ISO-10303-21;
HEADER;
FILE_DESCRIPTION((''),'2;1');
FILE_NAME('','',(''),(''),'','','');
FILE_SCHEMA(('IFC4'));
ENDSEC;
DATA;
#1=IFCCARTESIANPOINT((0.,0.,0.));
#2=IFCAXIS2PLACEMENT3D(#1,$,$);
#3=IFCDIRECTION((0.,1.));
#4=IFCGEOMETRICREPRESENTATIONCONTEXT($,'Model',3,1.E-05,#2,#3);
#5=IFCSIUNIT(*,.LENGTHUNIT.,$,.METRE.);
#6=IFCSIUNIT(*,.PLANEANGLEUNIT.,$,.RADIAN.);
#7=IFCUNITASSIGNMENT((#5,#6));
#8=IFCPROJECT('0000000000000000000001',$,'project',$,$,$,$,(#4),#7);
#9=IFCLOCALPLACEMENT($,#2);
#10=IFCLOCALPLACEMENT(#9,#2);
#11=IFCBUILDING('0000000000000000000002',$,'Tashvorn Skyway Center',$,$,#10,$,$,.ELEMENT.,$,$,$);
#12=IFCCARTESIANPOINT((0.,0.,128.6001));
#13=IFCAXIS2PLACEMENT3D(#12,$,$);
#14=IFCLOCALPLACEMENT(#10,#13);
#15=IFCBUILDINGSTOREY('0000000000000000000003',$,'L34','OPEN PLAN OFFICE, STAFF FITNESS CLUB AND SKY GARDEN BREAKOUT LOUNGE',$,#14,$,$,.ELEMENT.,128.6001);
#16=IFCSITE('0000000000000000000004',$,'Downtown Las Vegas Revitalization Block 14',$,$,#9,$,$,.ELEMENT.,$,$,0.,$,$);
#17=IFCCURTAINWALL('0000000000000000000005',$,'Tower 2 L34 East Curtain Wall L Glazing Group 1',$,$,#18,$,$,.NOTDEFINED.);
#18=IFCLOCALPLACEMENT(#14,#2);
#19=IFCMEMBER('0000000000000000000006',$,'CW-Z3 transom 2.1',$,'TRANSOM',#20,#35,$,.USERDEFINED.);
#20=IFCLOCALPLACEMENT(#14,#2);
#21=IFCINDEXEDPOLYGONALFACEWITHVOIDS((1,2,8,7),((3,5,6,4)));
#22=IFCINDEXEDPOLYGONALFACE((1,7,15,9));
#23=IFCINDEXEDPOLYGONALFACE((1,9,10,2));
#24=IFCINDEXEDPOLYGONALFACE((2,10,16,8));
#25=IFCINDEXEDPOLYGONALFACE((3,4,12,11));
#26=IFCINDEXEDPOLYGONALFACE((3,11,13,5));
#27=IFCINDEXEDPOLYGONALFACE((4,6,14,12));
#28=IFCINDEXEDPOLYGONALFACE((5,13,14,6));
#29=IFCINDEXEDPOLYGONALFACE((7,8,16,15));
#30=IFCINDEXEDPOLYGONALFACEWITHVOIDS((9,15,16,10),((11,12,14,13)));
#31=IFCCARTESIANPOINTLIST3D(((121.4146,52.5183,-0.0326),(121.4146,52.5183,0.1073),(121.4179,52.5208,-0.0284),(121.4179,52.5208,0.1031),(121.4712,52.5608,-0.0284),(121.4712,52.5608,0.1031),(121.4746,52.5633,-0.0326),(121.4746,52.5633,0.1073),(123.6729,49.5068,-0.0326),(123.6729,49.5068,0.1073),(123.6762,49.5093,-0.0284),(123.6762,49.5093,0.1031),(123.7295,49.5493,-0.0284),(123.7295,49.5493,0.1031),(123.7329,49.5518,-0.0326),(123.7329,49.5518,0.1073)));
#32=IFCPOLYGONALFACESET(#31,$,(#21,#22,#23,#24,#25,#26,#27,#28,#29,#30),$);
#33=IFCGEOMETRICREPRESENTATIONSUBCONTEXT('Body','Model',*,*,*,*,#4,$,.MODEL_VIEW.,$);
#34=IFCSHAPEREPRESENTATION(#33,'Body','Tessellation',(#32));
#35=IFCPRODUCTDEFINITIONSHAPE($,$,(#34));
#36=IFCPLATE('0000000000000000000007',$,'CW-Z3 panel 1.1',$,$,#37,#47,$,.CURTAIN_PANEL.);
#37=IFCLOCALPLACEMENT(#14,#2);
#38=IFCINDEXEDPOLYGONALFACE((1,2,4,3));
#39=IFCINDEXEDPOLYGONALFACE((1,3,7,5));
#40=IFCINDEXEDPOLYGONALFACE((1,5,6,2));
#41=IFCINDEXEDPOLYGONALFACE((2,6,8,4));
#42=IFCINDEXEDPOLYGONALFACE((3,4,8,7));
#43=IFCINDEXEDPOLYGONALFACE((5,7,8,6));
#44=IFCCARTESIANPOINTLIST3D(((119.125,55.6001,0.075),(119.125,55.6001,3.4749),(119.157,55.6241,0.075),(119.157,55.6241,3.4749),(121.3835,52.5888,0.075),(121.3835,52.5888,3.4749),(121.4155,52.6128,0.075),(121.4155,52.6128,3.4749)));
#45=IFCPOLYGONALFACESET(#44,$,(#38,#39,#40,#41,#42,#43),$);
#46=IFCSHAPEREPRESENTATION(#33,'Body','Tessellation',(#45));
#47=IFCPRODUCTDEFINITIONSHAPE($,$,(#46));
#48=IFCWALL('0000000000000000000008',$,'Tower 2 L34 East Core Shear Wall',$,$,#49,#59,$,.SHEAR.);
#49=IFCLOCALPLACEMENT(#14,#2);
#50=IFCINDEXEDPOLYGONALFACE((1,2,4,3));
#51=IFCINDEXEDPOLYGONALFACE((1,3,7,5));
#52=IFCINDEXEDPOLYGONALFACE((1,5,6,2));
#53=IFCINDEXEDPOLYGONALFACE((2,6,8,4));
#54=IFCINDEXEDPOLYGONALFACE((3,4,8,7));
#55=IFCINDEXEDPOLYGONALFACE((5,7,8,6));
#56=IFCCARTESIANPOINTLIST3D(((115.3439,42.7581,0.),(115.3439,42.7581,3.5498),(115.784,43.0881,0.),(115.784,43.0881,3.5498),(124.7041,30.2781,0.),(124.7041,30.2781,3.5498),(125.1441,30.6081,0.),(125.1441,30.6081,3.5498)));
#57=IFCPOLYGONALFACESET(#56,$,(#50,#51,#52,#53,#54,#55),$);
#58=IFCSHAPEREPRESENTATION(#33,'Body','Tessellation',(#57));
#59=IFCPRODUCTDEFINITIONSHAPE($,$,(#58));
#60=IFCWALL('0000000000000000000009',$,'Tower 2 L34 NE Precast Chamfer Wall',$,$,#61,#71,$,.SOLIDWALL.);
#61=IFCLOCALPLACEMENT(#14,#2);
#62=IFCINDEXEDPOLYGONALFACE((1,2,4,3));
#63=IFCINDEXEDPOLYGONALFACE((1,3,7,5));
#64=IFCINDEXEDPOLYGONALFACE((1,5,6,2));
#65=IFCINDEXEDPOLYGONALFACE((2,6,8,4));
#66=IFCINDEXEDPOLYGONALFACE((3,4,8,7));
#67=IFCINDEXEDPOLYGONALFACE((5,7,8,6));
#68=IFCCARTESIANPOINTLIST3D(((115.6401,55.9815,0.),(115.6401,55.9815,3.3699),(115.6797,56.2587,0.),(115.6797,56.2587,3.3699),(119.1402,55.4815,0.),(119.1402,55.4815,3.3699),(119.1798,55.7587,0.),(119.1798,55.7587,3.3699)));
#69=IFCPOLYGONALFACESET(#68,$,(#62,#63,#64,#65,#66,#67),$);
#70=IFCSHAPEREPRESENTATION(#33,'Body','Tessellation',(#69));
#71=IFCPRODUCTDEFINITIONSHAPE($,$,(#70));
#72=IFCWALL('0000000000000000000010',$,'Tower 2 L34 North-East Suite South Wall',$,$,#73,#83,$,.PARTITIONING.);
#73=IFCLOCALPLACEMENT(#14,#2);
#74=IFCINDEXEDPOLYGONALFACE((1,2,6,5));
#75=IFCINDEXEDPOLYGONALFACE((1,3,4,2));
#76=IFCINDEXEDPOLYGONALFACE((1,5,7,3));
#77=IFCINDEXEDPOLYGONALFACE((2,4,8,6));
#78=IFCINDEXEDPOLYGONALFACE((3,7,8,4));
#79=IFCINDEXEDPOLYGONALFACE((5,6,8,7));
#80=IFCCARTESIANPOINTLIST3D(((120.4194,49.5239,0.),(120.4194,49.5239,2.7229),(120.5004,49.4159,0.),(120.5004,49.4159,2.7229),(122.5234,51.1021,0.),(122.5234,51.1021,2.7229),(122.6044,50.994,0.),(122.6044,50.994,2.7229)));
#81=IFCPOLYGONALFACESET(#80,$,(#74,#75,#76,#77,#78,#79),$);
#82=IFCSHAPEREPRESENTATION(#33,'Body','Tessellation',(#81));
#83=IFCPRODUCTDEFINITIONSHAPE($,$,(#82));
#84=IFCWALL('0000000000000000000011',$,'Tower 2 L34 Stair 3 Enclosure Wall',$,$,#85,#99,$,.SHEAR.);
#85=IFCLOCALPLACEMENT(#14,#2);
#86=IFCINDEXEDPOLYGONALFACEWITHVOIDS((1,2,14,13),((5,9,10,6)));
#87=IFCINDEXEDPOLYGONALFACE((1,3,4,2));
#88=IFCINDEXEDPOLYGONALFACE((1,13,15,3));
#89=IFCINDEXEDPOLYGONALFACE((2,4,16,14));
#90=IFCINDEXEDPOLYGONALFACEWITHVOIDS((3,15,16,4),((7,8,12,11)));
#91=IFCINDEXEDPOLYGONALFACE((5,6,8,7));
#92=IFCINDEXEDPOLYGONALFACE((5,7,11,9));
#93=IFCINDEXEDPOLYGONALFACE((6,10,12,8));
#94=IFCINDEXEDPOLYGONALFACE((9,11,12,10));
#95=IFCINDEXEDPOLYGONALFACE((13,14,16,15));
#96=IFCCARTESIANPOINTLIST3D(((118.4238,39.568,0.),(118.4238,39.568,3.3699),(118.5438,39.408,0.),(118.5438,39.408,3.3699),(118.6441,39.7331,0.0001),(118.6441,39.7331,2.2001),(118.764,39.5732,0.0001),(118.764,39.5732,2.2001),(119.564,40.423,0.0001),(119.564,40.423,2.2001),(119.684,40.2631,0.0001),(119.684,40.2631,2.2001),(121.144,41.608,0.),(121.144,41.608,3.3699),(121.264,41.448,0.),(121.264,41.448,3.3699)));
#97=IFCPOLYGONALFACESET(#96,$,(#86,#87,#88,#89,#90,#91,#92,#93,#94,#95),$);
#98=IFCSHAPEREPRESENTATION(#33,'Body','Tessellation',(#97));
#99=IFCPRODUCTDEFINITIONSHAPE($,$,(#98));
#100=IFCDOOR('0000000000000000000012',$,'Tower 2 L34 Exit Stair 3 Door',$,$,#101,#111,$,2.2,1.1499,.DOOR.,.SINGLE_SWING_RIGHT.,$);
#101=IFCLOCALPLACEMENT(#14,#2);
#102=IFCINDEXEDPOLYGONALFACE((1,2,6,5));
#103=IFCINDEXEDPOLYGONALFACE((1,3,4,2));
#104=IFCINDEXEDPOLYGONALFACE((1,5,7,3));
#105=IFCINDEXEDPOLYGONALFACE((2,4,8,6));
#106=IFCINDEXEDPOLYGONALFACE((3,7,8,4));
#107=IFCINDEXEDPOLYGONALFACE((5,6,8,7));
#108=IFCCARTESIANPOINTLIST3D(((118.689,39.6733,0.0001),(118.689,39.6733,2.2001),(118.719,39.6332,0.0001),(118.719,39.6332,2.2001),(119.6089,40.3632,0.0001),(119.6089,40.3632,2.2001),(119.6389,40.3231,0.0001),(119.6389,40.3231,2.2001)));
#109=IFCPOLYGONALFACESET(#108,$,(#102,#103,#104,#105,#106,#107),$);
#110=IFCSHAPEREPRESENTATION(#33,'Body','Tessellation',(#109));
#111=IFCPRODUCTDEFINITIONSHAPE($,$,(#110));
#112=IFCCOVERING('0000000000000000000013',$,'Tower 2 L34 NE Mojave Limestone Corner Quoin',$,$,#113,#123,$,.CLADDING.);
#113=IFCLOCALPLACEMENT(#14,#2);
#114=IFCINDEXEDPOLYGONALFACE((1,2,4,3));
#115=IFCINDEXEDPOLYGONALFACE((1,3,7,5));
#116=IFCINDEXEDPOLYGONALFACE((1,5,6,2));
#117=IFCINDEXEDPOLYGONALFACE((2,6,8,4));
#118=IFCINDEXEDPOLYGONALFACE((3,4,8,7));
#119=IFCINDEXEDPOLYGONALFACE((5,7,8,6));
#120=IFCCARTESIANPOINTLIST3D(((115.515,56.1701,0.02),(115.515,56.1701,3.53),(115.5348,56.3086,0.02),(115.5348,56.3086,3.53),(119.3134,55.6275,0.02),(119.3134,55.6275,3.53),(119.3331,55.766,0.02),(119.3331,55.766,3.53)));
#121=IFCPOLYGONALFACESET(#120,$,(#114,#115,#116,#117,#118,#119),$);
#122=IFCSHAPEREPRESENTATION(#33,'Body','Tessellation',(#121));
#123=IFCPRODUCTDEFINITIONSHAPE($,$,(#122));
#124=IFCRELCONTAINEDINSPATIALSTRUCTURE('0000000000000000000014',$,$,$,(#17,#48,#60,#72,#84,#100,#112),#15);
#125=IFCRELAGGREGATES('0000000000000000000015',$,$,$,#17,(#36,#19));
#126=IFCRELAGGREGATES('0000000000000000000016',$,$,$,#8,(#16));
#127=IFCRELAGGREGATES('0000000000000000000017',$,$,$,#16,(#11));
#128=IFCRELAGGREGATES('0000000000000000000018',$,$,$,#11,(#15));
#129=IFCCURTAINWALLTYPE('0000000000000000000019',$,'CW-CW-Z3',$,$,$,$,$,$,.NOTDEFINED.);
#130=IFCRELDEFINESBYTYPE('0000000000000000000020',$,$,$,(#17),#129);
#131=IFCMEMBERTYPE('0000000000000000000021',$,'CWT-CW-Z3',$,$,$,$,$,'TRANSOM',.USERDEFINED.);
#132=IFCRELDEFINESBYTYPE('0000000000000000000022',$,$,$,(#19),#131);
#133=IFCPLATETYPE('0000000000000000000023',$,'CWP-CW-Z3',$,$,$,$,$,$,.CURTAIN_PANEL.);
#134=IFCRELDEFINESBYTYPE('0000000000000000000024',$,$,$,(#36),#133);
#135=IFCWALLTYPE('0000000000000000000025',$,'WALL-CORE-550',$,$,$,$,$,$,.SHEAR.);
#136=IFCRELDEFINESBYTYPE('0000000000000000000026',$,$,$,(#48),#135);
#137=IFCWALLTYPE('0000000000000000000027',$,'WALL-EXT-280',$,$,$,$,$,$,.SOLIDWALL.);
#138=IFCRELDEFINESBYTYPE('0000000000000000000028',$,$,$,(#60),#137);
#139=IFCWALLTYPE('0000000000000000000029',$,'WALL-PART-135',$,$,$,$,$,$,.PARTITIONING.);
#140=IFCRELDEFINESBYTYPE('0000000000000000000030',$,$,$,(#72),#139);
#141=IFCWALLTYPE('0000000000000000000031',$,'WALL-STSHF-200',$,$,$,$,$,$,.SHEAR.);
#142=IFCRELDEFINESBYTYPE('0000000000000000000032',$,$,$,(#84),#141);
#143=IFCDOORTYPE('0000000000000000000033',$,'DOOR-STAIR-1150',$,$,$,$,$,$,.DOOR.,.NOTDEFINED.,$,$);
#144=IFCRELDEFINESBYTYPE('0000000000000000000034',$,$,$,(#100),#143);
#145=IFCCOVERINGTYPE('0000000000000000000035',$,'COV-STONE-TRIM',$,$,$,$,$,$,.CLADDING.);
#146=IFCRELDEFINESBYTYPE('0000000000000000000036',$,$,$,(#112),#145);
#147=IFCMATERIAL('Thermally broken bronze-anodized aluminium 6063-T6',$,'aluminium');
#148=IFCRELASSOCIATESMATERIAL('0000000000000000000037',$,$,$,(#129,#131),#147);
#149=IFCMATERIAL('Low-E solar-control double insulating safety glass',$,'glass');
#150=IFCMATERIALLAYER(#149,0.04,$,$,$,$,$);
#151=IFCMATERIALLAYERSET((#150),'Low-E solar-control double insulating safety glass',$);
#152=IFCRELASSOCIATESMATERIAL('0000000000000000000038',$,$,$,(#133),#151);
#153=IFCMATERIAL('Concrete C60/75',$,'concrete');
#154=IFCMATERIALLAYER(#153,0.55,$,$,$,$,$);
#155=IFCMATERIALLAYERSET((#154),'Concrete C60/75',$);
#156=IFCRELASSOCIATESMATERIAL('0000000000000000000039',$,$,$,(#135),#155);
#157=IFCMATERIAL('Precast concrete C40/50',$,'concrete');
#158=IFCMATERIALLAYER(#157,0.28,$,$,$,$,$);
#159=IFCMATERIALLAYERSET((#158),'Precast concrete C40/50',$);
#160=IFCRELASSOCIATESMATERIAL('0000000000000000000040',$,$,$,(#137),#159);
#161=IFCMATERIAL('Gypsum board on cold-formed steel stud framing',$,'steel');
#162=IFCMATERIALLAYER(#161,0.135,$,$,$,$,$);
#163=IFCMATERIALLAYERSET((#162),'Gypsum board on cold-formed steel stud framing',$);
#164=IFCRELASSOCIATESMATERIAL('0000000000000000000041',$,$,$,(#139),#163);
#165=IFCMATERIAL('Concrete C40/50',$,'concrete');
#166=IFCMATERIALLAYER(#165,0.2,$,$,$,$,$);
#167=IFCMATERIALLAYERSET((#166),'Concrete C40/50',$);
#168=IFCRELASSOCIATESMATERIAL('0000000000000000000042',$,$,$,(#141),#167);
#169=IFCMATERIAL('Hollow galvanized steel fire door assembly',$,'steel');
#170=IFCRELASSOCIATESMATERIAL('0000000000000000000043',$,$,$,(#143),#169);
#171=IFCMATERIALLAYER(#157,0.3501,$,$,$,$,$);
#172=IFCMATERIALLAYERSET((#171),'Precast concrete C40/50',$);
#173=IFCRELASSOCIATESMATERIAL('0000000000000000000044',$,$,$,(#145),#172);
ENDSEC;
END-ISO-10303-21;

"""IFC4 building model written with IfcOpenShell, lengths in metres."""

from ifc_helpers import new_model, si_unit, direction, frame, frame_2d, origin, origin_2d, place, context, subcontext, project, spatial, rectangle, hollow_rectangle, extrude, material, layer, layer_set, material_profile, profile_set, type_object, element, fill, aggregate, save


model = new_model("IFC4")

# Units and contexts
model_context = context("Model", 3, precision=1e-05, world=origin(), true_north=direction((0.0, 1.0)))
body_context = subcontext(model_context, "Body", "Model", "MODEL_VIEW")
ifc_project = project(units=[si_unit("LENGTHUNIT", "METRE"), si_unit("PLANEANGLEUNIT", "RADIAN")], contexts=[model_context])

# Site, building, storey
site_placement = place(None, origin())
site = spatial("IfcSite", under=ifc_project, at=site_placement, Name="Downtown Las Vegas Revitalization Block 14", CompositionType="ELEMENT", RefElevation=0.0)
building_placement = place(site_placement, origin())
building = spatial("IfcBuilding", under=site, at=building_placement, Name="Tashvorn Skyway Center", CompositionType="ELEMENT")
storey_placement = place(building_placement, frame((0.0, 0.0, 128.6001)))
storey = spatial("IfcBuildingStorey", under=building, at=storey_placement, Name="L34", Description="OPEN PLAN OFFICE, STAFF FITNESS CLUB AND SKY GARDEN BREAKOUT LOUNGE", CompositionType="ELEMENT", Elevation=128.6001)

# Shared definitions
ifc_material_1 = material(Name="Thermally broken bronze-anodized aluminium 6063-T6", Category="aluminium")
curtain_wall_type = type_object("IfcCurtainWallType", Name="CW-CW-Z3", PredefinedType="NOTDEFINED", material=ifc_material_1)

# Curtain wall, member, plate
curtain_wall_1_placement = place(storey_placement, origin())
curtain_wall_1 = element("IfcCurtainWall", 1, at=curtain_wall_1_placement, inside=storey, type_object=curtain_wall_type, Name="Tower 2 L34 East Curtain Wall L Glazing Group 1", PredefinedType="NOTDEFINED")
ifc_material_profile_1 = material_profile(ifc_material_1, hollow_rectangle(XDim=0.075, YDim=0.1399, WallThickness=0.0042, at=origin_2d()), Name="ALU-TRAN-75x140")
ifc_profile_set_1 = profile_set([ifc_material_profile_1], Name="Thermally broken bronze-anodized aluminium 6063-T6")
member_type_1 = type_object("IfcMemberType", Name="CWT-CW-Z3", ElementType="TRANSOM", PredefinedType="USERDEFINED", material=ifc_profile_set_1)
member_1_placement = place(storey_placement, frame((121.4446, 52.5408, 0.0374), z_axis=(0.599948, -0.800039, 0.0), x_axis=(0.800039, 0.599948, 0.0)))
member_1 = element("IfcMember", 2, at=member_1_placement, type_object=member_type_1, Name="CW-Z3 transom 2.1", ObjectType="TRANSOM", PredefinedType="USERDEFINED", context=body_context, shape_type="SweptSolid", body=[
    extrude(hollow_rectangle(XDim=0.075, YDim=0.1399, WallThickness=0.0042, at=origin_2d()), origin(), (0.0, 0.0, 1.0), 3.7642),
])
ifc_material_2 = material(Name="Low-E solar-control double insulating safety glass", Category="glass")
ifc_layer_1 = layer(ifc_material_2, 0.04)
ifc_layer_set_1 = layer_set([ifc_layer_1], Name="Low-E solar-control double insulating safety glass")
plate_type = type_object("IfcPlateType", Name="CWP-CW-Z3", PredefinedType="CURTAIN_PANEL", material=ifc_layer_set_1)
plate_placement = place(storey_placement, frame((120.2703, 54.1064, 0.075), z_axis=(0.0, 0.0, 1.0), x_axis=(0.599998, -0.800002, 0.0)))
plate = element("IfcPlate", 3, at=plate_placement, type_object=plate_type, Name="CW-Z3 panel 1.1", PredefinedType="CURTAIN_PANEL", context=body_context, shape_type="SweptSolid", body=[
    extrude(rectangle(XDim=3.7642, YDim=0.04, at=origin_2d()), origin(), (0.0, 0.0, 1.0), 3.3999),
])
aggregate(curtain_wall_1, [plate, member_1])

# Walls
ifc_material_3 = material(Name="Concrete C60/75", Category="concrete")
ifc_layer_2 = layer(ifc_material_3, 0.55)
ifc_layer_set_2 = layer_set([ifc_layer_2], Name="Concrete C60/75")
wall_type_1 = type_object("IfcWallType", Name="WALL-CORE-550", PredefinedType="SHEAR", material=ifc_layer_set_2)
wall_1_placement = place(storey_placement, frame((115.564, 42.9231, 0.0), z_axis=(0.0, 0.0, 1.0), x_axis=(0.600005, -0.799996, 0.0)))
element("IfcWall", 4, at=wall_1_placement, inside=storey, type_object=wall_type_1, Name="Tower 2 L34 East Core Shear Wall", PredefinedType="SHEAR", context=body_context, shape_type="SweptSolid", body=[
    extrude(rectangle(XDim=15.6001, YDim=0.55, at=frame_2d((7.8, 0.0))), origin(), (0.0, 0.0, 1.0), 3.5498),
])
ifc_material_4 = material(Name="Precast concrete C40/50", Category="concrete")
ifc_layer_3 = layer(ifc_material_4, 0.28)
ifc_layer_set_3 = layer_set([ifc_layer_3], Name="Precast concrete C40/50")
wall_type_2 = type_object("IfcWallType", Name="WALL-EXT-280", PredefinedType="SOLIDWALL", material=ifc_layer_set_3)
wall_2_placement = place(storey_placement, frame((115.6599, 56.1201, 0.0), z_axis=(0.0, 0.0, 1.0), x_axis=(0.989949, -0.141421, 0.0)))
element("IfcWall", 5, at=wall_2_placement, inside=storey, type_object=wall_type_2, Name="Tower 2 L34 NE Precast Chamfer Wall", PredefinedType="SOLIDWALL", context=body_context, shape_type="SweptSolid", body=[
    extrude(rectangle(XDim=3.5356, YDim=0.28, at=frame_2d((1.7678, 0.0))), origin(), (0.0, 0.0, 1.0), 3.3699),
])
ifc_material_5 = material(Name="Gypsum board on cold-formed steel stud framing", Category="steel")
ifc_layer_4 = layer(ifc_material_5, 0.135)
ifc_layer_set_4 = layer_set([ifc_layer_4], Name="Gypsum board on cold-formed steel stud framing")
wall_type_3 = type_object("IfcWallType", Name="WALL-PART-135", PredefinedType="PARTITIONING", material=ifc_layer_set_4)
wall_3_placement = place(storey_placement, frame((120.46, 49.47, 0.0), z_axis=(0.0, 0.0, 1.0), x_axis=(0.799978, 0.60003, 0.0)))
element("IfcWall", 6, at=wall_3_placement, inside=storey, type_object=wall_type_3, Name="Tower 2 L34 North-East Suite South Wall", PredefinedType="PARTITIONING", context=body_context, shape_type="SweptSolid", body=[
    extrude(rectangle(XDim=2.6301, YDim=0.135, at=frame_2d((1.3149, 0.0))), origin(), (0.0, 0.0, 1.0), 2.7229),
])

# Wall, opening, door
ifc_material_6 = material(Name="Concrete C40/50", Category="concrete")
ifc_layer_5 = layer(ifc_material_6, 0.2)
ifc_layer_set_5 = layer_set([ifc_layer_5], Name="Concrete C40/50")
wall_type_4 = type_object("IfcWallType", Name="WALL-STSHF-200", PredefinedType="SHEAR", material=ifc_layer_set_5)
wall_4_placement = place(storey_placement, frame((121.2041, 41.5281, 0.0), z_axis=(0.0, 0.0, 1.0), x_axis=(-0.800017, -0.599977, 0.0)))
wall_4 = element("IfcWall", 7, at=wall_4_placement, inside=storey, type_object=wall_type_4, Name="Tower 2 L34 Stair 3 Enclosure Wall", PredefinedType="SHEAR", context=body_context, shape_type="SweptSolid", body=[
    extrude(rectangle(XDim=3.4001, YDim=0.2, at=frame_2d((1.7002, 0.0))), origin(), (0.0, 0.0, 1.0), 3.3699),
])
opening_placement = place(wall_4_placement, frame((1.9751, 0.0, 0.0)))
opening = element("IfcOpeningElement", 8, at=opening_placement, cuts=wall_4, PredefinedType="OPENING", context=body_context, shape_type="SweptSolid", body=[
    extrude(rectangle(XDim=1.1499, YDim=2.2, at=frame_2d((0.575, 1.1001))), frame((0.0, 0.1099, 0.0), z_axis=(0.0, -1.0, 0.0), x_axis=(1.0, 0.0, 0.0)), (0.0, 0.0, 1.0), 0.22),
])
ifc_material_7 = material(Name="Hollow galvanized steel fire door assembly", Category="steel")
door_type = type_object("IfcDoorType", Name="DOOR-STAIR-1150", OperationType="NOTDEFINED", PredefinedType="DOOR", material=ifc_material_7)
door_placement = place(opening_placement, origin())
door = element("IfcDoor", 9, at=door_placement, inside=storey, type_object=door_type, Name="Tower 2 L34 Exit Stair 3 Door", OperationType="SINGLE_SWING_RIGHT", OverallHeight=2.2, OverallWidth=1.1499, PredefinedType="DOOR", context=body_context, shape_type="SweptSolid", body=[
    extrude(rectangle(XDim=1.1499, YDim=2.2, at=frame_2d((0.575, 1.1001))), frame((0.0, 0.0249, 0.0), z_axis=(0.0, -1.0, 0.0), x_axis=(1.0, 0.0, 0.0)), (0.0, 0.0, 1.0), 0.05),
])
fill(opening, door)

# Covering
ifc_layer_6 = layer(ifc_material_4, 0.3501)
ifc_layer_set_6 = layer_set([ifc_layer_6], Name="Precast concrete C40/50")
covering_type = type_object("IfcCoveringType", Name="COV-STONE-TRIM", PredefinedType="CLADDING", material=ifc_layer_set_6)
covering_placement = place(storey_placement, frame((117.4241, 55.968, 0.02), z_axis=(0.0, 0.0, 1.0), x_axis=(0.989949, -0.141421, 0.0)))
element("IfcCovering", 10, at=covering_placement, inside=storey, type_object=covering_type, Name="Tower 2 L34 NE Mojave Limestone Corner Quoin", PredefinedType="CLADDING", context=body_context, shape_type="SweptSolid", body=[
    extrude(rectangle(XDim=3.8369, YDim=0.1399, at=origin_2d()), origin(), (0.0, 0.0, 1.0), 3.51),
])

save(model, "model.ifc")
